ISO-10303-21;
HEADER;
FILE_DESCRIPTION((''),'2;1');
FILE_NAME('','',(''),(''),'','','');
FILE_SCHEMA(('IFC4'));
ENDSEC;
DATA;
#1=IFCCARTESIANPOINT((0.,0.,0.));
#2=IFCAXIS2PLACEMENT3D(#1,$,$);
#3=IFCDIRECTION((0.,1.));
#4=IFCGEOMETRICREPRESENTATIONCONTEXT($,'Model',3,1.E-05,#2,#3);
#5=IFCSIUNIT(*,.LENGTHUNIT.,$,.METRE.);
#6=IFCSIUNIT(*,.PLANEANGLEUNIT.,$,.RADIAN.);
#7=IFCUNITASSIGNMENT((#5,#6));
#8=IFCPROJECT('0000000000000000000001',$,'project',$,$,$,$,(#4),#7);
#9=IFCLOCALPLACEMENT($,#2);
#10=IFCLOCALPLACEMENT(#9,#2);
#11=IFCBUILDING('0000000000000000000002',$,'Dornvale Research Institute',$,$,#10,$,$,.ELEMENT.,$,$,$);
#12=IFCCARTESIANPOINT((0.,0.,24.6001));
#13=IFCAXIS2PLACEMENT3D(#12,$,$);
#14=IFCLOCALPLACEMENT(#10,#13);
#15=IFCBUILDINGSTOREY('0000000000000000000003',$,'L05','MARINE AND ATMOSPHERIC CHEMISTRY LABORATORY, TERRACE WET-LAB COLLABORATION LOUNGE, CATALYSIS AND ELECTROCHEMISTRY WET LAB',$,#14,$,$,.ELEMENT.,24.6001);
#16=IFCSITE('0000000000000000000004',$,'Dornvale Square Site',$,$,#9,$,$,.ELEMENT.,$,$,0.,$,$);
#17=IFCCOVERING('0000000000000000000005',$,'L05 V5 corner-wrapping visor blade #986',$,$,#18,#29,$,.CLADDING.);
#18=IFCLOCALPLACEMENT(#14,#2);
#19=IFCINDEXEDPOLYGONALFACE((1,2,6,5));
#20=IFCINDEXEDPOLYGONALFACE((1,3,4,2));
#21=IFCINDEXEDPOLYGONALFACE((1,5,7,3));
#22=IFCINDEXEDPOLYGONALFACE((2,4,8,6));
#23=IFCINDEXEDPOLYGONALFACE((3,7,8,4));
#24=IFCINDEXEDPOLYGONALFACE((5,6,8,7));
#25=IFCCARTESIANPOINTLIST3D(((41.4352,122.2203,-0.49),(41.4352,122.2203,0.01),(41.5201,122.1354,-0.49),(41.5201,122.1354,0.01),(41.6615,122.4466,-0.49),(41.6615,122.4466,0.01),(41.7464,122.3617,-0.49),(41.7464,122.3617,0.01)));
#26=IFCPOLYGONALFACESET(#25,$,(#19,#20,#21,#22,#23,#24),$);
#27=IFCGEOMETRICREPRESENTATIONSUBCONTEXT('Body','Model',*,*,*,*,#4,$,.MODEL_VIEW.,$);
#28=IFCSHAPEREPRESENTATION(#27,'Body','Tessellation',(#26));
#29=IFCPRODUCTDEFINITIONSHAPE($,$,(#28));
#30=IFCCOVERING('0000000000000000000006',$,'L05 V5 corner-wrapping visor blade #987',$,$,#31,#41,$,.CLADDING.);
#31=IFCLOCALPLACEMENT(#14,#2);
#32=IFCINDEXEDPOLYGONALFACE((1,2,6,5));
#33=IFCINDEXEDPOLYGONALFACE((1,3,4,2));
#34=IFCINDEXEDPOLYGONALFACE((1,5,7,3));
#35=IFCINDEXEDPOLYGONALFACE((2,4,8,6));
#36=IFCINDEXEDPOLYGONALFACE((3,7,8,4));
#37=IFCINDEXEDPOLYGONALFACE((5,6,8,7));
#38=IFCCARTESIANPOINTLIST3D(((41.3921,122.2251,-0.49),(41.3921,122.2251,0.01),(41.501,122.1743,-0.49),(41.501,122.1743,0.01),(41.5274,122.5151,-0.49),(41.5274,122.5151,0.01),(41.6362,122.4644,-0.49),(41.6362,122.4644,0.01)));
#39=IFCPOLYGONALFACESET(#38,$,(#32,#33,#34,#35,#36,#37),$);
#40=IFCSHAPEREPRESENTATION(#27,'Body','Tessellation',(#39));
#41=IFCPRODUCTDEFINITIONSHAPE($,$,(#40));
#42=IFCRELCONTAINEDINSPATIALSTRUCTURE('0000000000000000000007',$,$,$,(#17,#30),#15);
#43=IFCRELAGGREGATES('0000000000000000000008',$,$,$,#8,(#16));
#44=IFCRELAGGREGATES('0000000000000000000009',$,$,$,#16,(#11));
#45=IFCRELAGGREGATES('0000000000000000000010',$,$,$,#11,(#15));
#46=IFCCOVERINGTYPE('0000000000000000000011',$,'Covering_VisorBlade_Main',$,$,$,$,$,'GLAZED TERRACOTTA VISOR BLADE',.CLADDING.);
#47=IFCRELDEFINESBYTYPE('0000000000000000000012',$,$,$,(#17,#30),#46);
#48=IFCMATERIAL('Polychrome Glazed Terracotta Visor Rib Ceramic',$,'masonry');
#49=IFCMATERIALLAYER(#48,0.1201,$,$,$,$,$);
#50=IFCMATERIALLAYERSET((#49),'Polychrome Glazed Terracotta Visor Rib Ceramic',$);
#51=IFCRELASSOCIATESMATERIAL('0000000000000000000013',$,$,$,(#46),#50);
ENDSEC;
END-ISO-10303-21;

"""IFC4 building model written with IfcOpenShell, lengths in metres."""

from ifc_helpers import new_model, si_unit, direction, frame, origin, origin_2d, place, context, subcontext, project, spatial, rectangle, extrude, material, layer, layer_set, type_object, element, save


model = new_model("IFC4")

# Units and contexts
model_context = context("Model", 3, precision=1e-05, world=origin(), true_north=direction((0.0, 1.0)))
body_context = subcontext(model_context, "Body", "Model", "MODEL_VIEW")
ifc_project = project(units=[si_unit("LENGTHUNIT", "METRE"), si_unit("PLANEANGLEUNIT", "RADIAN")], contexts=[model_context])

# Site, building, storey
site_placement = place(None, origin())
site = spatial("IfcSite", under=ifc_project, at=site_placement, Name="Dornvale Square Site", CompositionType="ELEMENT", RefElevation=0.0)
building_placement = place(site_placement, origin())
building = spatial("IfcBuilding", under=site, at=building_placement, Name="Dornvale Research Institute", CompositionType="ELEMENT")
storey_placement = place(building_placement, frame((0.0, 0.0, 24.6001)))
storey = spatial("IfcBuildingStorey", under=building, at=storey_placement, Name="L05", Description="MARINE AND ATMOSPHERIC CHEMISTRY LABORATORY, TERRACE WET-LAB COLLABORATION LOUNGE, CATALYSIS AND ELECTROCHEMISTRY WET LAB", CompositionType="ELEMENT", Elevation=24.6001)

# Coverings
ifc_material_1 = material(Name="Polychrome Glazed Terracotta Visor Rib Ceramic", Category="masonry")
ifc_layer_1 = layer(ifc_material_1, 0.1201)
ifc_layer_set_1 = layer_set([ifc_layer_1], Name="Polychrome Glazed Terracotta Visor Rib Ceramic")
covering_type = type_object("IfcCoveringType", Name="Covering_VisorBlade_Main", ElementType="GLAZED TERRACOTTA VISOR BLADE", PredefinedType="CLADDING", material=ifc_layer_set_1)
for number, where, z_axis, x_axis, name in (
    (1, (41.5908, 122.291, -0.49), (0.0, 0.0, 1.0), (0.707107, 0.707107, 0.0), "L05 V5 corner-wrapping visor blade #986"),
    (2, (41.5142, 122.3447, -0.49), (0.0, 0.0, 1.0), (0.422618, 0.906308, 0.0), "L05 V5 corner-wrapping visor blade #987"),
):
    element("IfcCovering", number, at=place(storey_placement, frame(where, z_axis=z_axis, x_axis=x_axis)), inside=storey, type_object=covering_type, Name=name, PredefinedType="CLADDING", context=body_context, shape_type="SweptSolid", body=[
        extrude(rectangle(XDim=0.3201, YDim=0.1201, at=origin_2d()), origin(), (0.0, 0.0, 1.0), 0.5),
    ])

save(model, "model.ifc")
